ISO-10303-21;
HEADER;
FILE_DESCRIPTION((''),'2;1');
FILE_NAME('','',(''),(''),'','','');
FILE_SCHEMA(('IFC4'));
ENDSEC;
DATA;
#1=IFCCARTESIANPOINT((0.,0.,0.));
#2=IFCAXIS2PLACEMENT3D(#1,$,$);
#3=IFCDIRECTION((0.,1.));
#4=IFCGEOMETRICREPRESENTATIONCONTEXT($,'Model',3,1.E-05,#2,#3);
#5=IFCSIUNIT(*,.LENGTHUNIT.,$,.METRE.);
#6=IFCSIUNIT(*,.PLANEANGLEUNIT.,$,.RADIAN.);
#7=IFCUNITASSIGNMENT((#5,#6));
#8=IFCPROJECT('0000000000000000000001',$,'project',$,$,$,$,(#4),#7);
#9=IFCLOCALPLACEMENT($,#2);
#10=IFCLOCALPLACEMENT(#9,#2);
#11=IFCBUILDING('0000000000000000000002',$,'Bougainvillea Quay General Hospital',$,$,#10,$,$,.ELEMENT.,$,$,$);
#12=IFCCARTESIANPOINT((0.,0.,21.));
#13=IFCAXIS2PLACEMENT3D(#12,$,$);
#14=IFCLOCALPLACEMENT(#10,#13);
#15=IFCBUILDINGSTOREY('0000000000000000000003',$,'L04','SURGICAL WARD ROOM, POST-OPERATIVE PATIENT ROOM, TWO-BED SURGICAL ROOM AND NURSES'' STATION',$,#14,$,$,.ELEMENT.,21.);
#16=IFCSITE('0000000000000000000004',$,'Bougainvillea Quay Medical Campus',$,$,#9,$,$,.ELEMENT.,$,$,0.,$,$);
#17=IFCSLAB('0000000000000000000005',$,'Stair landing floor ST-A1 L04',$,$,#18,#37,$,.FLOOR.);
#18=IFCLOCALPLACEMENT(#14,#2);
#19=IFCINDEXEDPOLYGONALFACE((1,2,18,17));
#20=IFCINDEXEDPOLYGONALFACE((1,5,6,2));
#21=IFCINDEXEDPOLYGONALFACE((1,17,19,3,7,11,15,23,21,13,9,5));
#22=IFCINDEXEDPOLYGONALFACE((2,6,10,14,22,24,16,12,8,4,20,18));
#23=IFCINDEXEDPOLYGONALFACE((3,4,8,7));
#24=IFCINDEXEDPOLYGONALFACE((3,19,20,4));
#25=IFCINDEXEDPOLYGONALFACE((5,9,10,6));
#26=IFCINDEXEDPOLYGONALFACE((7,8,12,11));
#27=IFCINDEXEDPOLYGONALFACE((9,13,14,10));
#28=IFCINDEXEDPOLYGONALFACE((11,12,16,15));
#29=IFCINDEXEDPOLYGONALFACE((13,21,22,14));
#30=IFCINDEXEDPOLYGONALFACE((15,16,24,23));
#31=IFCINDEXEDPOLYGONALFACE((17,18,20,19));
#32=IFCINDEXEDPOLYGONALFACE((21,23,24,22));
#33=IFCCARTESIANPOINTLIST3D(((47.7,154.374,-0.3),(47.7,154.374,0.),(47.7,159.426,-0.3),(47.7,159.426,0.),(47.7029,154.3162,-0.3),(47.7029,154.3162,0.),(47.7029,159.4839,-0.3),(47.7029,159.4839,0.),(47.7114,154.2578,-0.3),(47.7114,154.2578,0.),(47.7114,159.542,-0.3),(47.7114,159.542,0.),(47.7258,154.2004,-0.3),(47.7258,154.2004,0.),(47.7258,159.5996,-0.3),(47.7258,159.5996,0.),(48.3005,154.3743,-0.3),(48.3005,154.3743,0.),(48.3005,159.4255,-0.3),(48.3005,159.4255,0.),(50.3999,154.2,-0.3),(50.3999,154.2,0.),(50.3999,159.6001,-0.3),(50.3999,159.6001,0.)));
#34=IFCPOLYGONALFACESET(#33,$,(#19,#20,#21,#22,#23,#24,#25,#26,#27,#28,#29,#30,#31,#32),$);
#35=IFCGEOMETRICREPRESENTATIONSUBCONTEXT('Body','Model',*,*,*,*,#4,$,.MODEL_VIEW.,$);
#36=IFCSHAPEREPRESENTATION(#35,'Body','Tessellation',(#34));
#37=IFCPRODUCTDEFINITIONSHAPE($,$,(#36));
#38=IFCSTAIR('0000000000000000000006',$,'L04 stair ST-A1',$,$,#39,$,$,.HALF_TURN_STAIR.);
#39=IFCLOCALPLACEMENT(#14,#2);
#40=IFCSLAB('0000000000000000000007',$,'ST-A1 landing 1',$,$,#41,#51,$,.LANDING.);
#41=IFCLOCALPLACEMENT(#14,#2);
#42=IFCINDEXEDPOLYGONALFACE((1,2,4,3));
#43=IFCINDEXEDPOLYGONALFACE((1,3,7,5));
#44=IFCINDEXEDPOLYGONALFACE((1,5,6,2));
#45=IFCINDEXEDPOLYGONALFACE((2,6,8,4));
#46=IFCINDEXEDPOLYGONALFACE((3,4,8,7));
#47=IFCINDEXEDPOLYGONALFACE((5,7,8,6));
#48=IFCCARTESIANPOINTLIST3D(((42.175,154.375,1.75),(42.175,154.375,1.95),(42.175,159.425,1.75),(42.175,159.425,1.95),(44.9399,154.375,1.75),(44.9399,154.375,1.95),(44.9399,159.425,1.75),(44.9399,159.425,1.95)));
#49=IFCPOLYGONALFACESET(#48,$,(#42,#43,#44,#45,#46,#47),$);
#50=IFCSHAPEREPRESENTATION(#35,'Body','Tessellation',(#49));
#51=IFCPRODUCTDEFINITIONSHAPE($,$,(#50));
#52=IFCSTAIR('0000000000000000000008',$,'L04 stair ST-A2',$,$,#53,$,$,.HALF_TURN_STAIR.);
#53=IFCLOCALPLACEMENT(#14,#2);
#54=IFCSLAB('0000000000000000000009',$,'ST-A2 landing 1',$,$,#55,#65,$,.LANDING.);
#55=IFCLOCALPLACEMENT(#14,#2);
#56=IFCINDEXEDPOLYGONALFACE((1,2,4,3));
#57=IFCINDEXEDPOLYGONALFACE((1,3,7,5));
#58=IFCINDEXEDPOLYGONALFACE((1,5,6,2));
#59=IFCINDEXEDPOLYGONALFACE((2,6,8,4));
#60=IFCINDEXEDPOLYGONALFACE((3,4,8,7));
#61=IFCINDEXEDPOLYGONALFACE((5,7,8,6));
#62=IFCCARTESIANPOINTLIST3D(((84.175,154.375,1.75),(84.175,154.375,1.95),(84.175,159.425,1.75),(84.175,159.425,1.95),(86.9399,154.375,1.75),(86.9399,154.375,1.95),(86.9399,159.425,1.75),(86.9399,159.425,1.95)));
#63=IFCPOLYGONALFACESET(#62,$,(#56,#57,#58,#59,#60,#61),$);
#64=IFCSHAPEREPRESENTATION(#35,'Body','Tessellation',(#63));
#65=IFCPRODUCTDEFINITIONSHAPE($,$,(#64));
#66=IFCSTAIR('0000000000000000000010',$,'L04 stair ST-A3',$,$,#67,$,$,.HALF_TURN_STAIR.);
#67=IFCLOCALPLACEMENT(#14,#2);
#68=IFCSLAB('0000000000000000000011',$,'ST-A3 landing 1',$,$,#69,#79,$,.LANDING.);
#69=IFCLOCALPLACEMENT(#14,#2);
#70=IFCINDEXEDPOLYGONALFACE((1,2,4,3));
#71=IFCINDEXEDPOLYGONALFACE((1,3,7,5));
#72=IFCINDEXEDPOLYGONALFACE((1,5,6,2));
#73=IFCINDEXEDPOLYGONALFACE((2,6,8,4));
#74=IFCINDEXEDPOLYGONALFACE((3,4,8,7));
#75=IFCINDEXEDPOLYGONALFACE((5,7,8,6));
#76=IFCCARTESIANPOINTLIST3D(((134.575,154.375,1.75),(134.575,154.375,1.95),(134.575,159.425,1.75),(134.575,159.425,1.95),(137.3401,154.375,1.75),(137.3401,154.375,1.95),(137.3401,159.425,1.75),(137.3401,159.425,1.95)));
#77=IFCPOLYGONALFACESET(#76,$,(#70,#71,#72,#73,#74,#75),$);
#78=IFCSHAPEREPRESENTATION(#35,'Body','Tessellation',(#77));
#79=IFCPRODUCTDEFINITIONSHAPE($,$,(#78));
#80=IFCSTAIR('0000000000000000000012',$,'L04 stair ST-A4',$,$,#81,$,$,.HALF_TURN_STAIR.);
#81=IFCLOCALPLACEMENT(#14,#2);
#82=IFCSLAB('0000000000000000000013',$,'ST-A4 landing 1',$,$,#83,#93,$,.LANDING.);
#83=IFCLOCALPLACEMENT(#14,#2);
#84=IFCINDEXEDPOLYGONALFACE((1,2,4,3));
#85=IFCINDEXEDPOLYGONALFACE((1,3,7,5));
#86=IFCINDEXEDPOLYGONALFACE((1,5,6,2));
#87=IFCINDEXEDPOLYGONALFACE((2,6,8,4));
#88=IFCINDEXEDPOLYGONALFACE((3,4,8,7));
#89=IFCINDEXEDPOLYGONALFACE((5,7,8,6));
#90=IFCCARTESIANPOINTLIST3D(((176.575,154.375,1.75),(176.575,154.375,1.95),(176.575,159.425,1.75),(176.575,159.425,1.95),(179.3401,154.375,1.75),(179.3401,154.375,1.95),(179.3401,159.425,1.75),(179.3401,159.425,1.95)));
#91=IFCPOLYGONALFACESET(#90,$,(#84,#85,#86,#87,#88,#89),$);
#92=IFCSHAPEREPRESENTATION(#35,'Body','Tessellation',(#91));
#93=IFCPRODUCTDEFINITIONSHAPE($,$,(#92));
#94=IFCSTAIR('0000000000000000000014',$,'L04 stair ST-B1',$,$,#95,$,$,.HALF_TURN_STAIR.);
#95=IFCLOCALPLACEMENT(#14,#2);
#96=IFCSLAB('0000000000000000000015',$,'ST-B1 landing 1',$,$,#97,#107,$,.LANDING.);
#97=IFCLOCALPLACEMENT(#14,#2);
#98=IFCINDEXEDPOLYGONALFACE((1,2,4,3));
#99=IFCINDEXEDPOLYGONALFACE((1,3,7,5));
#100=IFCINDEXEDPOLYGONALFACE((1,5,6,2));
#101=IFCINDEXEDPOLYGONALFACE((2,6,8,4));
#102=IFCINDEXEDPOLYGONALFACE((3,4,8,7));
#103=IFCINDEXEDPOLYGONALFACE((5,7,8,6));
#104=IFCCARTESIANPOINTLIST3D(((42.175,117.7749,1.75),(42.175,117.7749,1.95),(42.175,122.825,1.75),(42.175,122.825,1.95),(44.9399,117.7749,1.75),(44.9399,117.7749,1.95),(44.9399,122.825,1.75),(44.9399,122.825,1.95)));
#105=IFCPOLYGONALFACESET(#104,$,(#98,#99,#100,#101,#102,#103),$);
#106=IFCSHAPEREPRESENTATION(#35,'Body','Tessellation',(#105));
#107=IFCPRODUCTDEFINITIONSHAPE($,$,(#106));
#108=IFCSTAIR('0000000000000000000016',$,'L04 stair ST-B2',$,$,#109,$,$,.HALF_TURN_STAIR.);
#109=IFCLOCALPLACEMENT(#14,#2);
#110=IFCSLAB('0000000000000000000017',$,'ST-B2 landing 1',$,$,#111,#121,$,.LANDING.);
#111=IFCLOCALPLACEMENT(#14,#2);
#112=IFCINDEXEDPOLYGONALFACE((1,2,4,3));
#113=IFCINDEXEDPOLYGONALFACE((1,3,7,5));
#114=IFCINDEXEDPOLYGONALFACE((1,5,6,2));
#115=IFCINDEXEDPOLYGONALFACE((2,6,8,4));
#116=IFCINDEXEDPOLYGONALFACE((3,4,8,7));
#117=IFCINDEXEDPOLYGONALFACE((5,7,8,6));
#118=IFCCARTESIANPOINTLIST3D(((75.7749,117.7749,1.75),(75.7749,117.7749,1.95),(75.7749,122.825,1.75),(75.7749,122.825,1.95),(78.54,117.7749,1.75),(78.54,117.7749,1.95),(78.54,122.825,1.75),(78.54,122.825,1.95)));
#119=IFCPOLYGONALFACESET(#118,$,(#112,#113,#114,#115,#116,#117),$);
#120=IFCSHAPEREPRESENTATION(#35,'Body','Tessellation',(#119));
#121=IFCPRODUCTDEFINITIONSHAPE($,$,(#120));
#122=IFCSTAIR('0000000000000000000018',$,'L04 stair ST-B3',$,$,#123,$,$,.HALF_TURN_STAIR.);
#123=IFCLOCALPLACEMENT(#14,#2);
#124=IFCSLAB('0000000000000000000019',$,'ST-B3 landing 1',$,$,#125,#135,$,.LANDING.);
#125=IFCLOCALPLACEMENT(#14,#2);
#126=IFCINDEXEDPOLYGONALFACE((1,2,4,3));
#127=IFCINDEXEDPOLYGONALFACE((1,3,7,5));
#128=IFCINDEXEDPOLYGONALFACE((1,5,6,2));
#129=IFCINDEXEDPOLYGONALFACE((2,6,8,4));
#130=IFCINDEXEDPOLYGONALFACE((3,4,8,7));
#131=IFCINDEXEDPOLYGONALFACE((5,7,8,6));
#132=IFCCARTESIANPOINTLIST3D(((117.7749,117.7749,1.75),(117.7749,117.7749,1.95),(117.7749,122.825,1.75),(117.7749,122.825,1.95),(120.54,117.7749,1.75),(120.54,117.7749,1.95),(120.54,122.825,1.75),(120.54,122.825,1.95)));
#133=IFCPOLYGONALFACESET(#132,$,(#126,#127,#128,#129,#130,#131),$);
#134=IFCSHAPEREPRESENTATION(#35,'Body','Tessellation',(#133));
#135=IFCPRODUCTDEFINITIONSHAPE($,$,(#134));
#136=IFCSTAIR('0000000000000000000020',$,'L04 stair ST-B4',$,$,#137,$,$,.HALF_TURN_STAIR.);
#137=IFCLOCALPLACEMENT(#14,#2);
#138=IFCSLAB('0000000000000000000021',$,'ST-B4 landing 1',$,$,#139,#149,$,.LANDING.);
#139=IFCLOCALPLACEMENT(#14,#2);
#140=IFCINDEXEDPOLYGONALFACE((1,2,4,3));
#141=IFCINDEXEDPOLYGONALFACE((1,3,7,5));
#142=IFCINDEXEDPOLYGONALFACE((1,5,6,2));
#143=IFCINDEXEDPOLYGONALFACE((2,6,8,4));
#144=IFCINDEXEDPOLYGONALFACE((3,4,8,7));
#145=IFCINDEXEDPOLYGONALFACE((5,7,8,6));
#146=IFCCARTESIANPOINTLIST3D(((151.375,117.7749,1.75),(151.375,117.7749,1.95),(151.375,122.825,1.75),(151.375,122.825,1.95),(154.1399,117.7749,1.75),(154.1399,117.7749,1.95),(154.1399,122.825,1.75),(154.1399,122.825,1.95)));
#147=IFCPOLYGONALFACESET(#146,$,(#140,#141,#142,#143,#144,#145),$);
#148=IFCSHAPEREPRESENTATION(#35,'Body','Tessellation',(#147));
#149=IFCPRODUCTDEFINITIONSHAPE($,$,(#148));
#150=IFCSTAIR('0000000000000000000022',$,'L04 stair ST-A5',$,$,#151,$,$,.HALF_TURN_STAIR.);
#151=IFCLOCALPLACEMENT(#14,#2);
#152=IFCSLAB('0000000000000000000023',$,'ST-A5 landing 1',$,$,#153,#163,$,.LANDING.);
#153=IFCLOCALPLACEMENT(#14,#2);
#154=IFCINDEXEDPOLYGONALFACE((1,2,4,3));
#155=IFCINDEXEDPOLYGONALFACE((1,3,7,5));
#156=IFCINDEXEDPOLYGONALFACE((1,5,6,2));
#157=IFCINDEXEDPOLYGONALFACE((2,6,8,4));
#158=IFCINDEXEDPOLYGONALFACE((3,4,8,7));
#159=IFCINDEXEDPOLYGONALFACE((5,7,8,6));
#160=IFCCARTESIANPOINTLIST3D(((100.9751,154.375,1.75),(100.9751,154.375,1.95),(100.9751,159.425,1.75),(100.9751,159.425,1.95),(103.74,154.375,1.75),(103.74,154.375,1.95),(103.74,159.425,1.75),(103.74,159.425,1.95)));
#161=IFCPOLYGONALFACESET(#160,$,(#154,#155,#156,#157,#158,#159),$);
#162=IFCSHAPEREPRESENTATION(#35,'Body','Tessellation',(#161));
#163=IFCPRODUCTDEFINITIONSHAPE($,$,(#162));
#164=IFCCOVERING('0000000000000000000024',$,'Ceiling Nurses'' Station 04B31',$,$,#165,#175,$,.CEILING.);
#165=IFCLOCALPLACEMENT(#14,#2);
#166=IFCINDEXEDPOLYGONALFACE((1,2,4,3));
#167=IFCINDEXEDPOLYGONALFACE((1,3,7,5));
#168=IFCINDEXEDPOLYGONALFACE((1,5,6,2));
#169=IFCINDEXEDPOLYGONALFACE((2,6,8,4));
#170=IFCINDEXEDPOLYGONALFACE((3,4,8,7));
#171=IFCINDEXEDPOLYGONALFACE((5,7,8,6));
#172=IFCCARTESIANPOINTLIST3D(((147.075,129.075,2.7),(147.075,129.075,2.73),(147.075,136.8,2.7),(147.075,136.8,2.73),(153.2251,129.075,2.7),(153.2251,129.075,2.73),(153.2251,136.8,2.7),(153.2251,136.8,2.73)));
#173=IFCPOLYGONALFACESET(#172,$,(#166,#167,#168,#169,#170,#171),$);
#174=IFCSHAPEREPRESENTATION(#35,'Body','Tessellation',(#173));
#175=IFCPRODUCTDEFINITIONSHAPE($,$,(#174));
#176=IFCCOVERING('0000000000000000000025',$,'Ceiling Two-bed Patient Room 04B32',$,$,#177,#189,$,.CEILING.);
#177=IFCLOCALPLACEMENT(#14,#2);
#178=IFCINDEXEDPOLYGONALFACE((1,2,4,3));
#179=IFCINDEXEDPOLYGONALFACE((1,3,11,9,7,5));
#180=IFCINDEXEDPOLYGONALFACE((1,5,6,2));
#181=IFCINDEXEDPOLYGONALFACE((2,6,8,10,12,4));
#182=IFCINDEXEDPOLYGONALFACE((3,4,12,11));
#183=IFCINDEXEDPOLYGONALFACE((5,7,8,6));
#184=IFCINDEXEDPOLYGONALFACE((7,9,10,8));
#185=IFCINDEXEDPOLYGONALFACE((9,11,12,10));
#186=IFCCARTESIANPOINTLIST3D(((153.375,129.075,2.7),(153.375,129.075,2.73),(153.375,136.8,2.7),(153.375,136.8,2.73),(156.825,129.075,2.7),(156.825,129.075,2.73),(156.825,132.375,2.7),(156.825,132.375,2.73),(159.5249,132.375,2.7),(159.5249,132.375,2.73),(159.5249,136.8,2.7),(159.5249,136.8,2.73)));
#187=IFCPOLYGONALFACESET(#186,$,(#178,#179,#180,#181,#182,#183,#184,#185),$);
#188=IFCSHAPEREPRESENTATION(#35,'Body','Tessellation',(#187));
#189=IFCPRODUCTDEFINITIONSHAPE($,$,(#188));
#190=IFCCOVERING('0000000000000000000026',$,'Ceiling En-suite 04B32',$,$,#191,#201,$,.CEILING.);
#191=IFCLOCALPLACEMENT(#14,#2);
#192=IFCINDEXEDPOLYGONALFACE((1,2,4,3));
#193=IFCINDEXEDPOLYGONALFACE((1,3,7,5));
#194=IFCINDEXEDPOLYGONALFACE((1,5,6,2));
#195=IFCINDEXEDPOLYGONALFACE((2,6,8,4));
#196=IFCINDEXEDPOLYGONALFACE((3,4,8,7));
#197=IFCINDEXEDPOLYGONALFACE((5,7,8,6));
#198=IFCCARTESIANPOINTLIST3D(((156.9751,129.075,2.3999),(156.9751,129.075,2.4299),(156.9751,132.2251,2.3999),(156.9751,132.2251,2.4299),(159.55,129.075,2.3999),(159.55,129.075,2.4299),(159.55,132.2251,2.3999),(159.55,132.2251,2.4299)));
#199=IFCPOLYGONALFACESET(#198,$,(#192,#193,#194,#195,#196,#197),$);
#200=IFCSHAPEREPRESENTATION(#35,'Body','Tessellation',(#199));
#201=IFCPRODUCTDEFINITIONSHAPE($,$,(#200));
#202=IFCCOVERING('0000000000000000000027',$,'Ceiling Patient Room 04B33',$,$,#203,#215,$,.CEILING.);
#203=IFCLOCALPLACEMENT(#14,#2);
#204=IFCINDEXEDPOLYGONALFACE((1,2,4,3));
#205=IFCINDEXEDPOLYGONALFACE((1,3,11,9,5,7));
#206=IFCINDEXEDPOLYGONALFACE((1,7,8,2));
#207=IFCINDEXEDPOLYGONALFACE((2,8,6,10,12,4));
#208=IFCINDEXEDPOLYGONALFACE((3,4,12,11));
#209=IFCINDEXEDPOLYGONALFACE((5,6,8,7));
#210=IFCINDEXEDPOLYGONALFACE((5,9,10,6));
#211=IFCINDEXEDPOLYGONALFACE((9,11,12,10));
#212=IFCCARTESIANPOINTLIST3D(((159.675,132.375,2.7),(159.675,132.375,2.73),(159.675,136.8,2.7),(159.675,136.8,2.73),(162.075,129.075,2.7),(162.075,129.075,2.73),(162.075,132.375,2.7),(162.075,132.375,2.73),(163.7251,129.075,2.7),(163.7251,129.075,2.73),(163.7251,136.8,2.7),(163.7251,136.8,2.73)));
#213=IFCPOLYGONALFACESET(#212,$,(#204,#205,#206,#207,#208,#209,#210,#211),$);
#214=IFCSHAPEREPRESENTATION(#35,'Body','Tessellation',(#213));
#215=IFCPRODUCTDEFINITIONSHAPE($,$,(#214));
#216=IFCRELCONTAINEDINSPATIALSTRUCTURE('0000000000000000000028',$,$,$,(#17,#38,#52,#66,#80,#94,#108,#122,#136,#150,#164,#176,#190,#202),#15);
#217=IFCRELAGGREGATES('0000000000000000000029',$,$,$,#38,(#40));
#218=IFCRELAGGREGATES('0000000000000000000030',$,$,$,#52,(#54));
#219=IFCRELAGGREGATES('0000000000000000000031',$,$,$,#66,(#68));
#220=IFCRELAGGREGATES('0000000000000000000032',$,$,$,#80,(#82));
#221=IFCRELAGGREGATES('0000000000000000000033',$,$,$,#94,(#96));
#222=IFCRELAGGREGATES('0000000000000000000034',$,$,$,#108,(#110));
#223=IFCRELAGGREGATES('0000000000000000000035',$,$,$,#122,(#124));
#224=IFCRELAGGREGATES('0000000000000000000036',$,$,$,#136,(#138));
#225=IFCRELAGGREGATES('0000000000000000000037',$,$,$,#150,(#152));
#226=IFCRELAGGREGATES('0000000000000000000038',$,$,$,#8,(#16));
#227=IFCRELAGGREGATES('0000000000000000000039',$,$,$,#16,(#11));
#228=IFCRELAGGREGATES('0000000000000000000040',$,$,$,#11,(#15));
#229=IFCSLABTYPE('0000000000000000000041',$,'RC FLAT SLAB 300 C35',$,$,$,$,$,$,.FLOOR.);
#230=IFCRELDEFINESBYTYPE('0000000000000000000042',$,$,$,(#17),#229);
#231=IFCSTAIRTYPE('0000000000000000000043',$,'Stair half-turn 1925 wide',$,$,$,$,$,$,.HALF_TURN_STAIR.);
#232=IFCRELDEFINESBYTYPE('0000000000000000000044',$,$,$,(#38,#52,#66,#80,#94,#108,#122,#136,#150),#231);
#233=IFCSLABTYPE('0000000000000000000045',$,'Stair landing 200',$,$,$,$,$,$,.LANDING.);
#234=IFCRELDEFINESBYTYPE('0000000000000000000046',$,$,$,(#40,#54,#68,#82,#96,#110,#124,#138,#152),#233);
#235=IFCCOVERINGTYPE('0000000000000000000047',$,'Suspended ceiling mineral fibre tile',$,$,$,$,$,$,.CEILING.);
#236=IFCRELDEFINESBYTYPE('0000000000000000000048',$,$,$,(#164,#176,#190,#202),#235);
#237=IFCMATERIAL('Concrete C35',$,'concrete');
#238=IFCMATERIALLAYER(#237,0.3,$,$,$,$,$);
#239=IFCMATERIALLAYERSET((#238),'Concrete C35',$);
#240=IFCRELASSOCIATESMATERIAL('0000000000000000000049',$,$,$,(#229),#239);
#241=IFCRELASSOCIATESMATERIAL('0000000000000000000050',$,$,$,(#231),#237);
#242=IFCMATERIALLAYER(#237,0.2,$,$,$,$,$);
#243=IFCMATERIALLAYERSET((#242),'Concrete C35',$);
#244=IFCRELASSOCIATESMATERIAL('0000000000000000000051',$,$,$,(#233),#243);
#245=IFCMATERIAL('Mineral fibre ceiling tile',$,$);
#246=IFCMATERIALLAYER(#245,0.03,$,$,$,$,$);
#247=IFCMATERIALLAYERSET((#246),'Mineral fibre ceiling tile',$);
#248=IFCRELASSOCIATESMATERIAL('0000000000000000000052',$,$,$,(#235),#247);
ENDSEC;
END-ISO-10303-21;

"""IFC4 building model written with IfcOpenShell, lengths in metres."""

from ifc_helpers import new_model, si_unit, direction, frame, origin, place, context, subcontext, project, spatial, polyline, outline, extrude, material, layer, layer_set, type_object, element, aggregate, save


model = new_model("IFC4")

# Units and contexts
model_context = context("Model", 3, precision=1e-05, world=origin(), true_north=direction((0.0, 1.0)))
body_context = subcontext(model_context, "Body", "Model", "MODEL_VIEW")
ifc_project = project(units=[si_unit("LENGTHUNIT", "METRE"), si_unit("PLANEANGLEUNIT", "RADIAN")], contexts=[model_context])

# Site, building, storey
site_placement = place(None, origin())
site = spatial("IfcSite", under=ifc_project, at=site_placement, Name="Bougainvillea Quay Medical Campus", CompositionType="ELEMENT", RefElevation=0.0)
building_placement = place(site_placement, origin())
building = spatial("IfcBuilding", under=site, at=building_placement, Name="Bougainvillea Quay General Hospital", CompositionType="ELEMENT")
storey_placement = place(building_placement, frame((0.0, 0.0, 21.0)))
storey = spatial("IfcBuildingStorey", under=building, at=storey_placement, Name="L04", Description="SURGICAL WARD ROOM, POST-OPERATIVE PATIENT ROOM, TWO-BED SURGICAL ROOM AND NURSES' STATION", CompositionType="ELEMENT", Elevation=21.0)

# Slab
ifc_material_1 = material(Name="Concrete C35", Category="concrete")
ifc_layer_1 = layer(ifc_material_1, 0.3)
ifc_layer_set_1 = layer_set([ifc_layer_1], Name="Concrete C35")
slab_type_1 = type_object("IfcSlabType", Name="RC FLAT SLAB 300 C35", PredefinedType="FLOOR", material=ifc_layer_set_1)
slab_1_placement = place(storey_placement, frame((0.0, 0.0, -0.3)))
element("IfcSlab", 1, at=slab_1_placement, inside=storey, type_object=slab_type_1, Name="Stair landing floor ST-A1 L04", PredefinedType="FLOOR", context=body_context, shape_type="SweptSolid", body=[
    extrude(outline(polyline([(47.7029, 159.4839), (47.7114, 159.542), (47.7258, 159.5996), (50.3999, 159.6001), (50.3999, 154.2), (47.7258, 154.2004), (47.7114, 154.2578), (47.7029, 154.3162), (47.7, 154.374), (48.3005, 154.3743), (48.3005, 159.4255), (47.7, 159.426), (47.7029, 159.4839)])), origin(), (0.0, 0.0, 1.0), 0.3),
])

# Stairs, slabs
stair_type = type_object("IfcStairType", Name="Stair half-turn 1925 wide", PredefinedType="HALF_TURN_STAIR", material=ifc_material_1)
stair_1_placement = place(storey_placement, origin())
stair_1 = element("IfcStair", 2, at=stair_1_placement, inside=storey, type_object=stair_type, Name="L04 stair ST-A1", PredefinedType="HALF_TURN_STAIR")
ifc_layer_2 = layer(ifc_material_1, 0.2)
ifc_layer_set_2 = layer_set([ifc_layer_2], Name="Concrete C35")
slab_type_2 = type_object("IfcSlabType", Name="Stair landing 200", PredefinedType="LANDING", material=ifc_layer_set_2)
slab_2_placement = place(storey_placement, frame((0.0, 0.0, 1.75)))
slab_2 = element("IfcSlab", 3, at=slab_2_placement, type_object=slab_type_2, Name="ST-A1 landing 1", PredefinedType="LANDING", context=body_context, shape_type="SweptSolid", body=[
    extrude(outline(polyline([(44.9399, 159.425), (42.175, 159.425), (42.175, 154.375), (44.9399, 154.375), (44.9399, 159.425)])), origin(), (0.0, 0.0, 1.0), 0.2),
])
aggregate(stair_1, [slab_2])
stair_2_placement = place(storey_placement, origin())
stair_2 = element("IfcStair", 4, at=stair_2_placement, inside=storey, type_object=stair_type, Name="L04 stair ST-A2", PredefinedType="HALF_TURN_STAIR")
slab_3_placement = place(storey_placement, frame((0.0, 0.0, 1.75)))
slab_3 = element("IfcSlab", 5, at=slab_3_placement, type_object=slab_type_2, Name="ST-A2 landing 1", PredefinedType="LANDING", context=body_context, shape_type="SweptSolid", body=[
    extrude(outline(polyline([(86.9399, 159.425), (84.175, 159.425), (84.175, 154.375), (86.9399, 154.375), (86.9399, 159.425)])), origin(), (0.0, 0.0, 1.0), 0.2),
])
aggregate(stair_2, [slab_3])
stair_3_placement = place(storey_placement, origin())
stair_3 = element("IfcStair", 6, at=stair_3_placement, inside=storey, type_object=stair_type, Name="L04 stair ST-A3", PredefinedType="HALF_TURN_STAIR")
slab_4_placement = place(storey_placement, frame((0.0, 0.0, 1.75)))
slab_4 = element("IfcSlab", 7, at=slab_4_placement, type_object=slab_type_2, Name="ST-A3 landing 1", PredefinedType="LANDING", context=body_context, shape_type="SweptSolid", body=[
    extrude(outline(polyline([(137.3401, 159.425), (134.575, 159.425), (134.575, 154.375), (137.3401, 154.375), (137.3401, 159.425)])), origin(), (0.0, 0.0, 1.0), 0.2),
])
aggregate(stair_3, [slab_4])
stair_4_placement = place(storey_placement, origin())
stair_4 = element("IfcStair", 8, at=stair_4_placement, inside=storey, type_object=stair_type, Name="L04 stair ST-A4", PredefinedType="HALF_TURN_STAIR")
slab_5_placement = place(storey_placement, frame((0.0, 0.0, 1.75)))
slab_5 = element("IfcSlab", 9, at=slab_5_placement, type_object=slab_type_2, Name="ST-A4 landing 1", PredefinedType="LANDING", context=body_context, shape_type="SweptSolid", body=[
    extrude(outline(polyline([(179.3401, 159.425), (176.575, 159.425), (176.575, 154.375), (179.3401, 154.375), (179.3401, 159.425)])), origin(), (0.0, 0.0, 1.0), 0.2),
])
aggregate(stair_4, [slab_5])
stair_5_placement = place(storey_placement, origin())
stair_5 = element("IfcStair", 10, at=stair_5_placement, inside=storey, type_object=stair_type, Name="L04 stair ST-B1", PredefinedType="HALF_TURN_STAIR")
slab_6_placement = place(storey_placement, frame((0.0, 0.0, 1.75)))
slab_6 = element("IfcSlab", 11, at=slab_6_placement, type_object=slab_type_2, Name="ST-B1 landing 1", PredefinedType="LANDING", context=body_context, shape_type="SweptSolid", body=[
    extrude(outline(polyline([(44.9399, 122.825), (42.175, 122.825), (42.175, 117.7749), (44.9399, 117.7749), (44.9399, 122.825)])), origin(), (0.0, 0.0, 1.0), 0.2),
])
aggregate(stair_5, [slab_6])
stair_6_placement = place(storey_placement, origin())
stair_6 = element("IfcStair", 12, at=stair_6_placement, inside=storey, type_object=stair_type, Name="L04 stair ST-B2", PredefinedType="HALF_TURN_STAIR")
slab_7_placement = place(storey_placement, frame((0.0, 0.0, 1.75)))
slab_7 = element("IfcSlab", 13, at=slab_7_placement, type_object=slab_type_2, Name="ST-B2 landing 1", PredefinedType="LANDING", context=body_context, shape_type="SweptSolid", body=[
    extrude(outline(polyline([(78.54, 122.825), (75.7749, 122.825), (75.7749, 117.7749), (78.54, 117.7749), (78.54, 122.825)])), origin(), (0.0, 0.0, 1.0), 0.2),
])
aggregate(stair_6, [slab_7])
stair_7_placement = place(storey_placement, origin())
stair_7 = element("IfcStair", 14, at=stair_7_placement, inside=storey, type_object=stair_type, Name="L04 stair ST-B3", PredefinedType="HALF_TURN_STAIR")
slab_8_placement = place(storey_placement, frame((0.0, 0.0, 1.75)))
slab_8 = element("IfcSlab", 15, at=slab_8_placement, type_object=slab_type_2, Name="ST-B3 landing 1", PredefinedType="LANDING", context=body_context, shape_type="SweptSolid", body=[
    extrude(outline(polyline([(120.54, 122.825), (117.7749, 122.825), (117.7749, 117.7749), (120.54, 117.7749), (120.54, 122.825)])), origin(), (0.0, 0.0, 1.0), 0.2),
])
aggregate(stair_7, [slab_8])
stair_8_placement = place(storey_placement, origin())
stair_8 = element("IfcStair", 16, at=stair_8_placement, inside=storey, type_object=stair_type, Name="L04 stair ST-B4", PredefinedType="HALF_TURN_STAIR")
slab_9_placement = place(storey_placement, frame((0.0, 0.0, 1.75)))
slab_9 = element("IfcSlab", 17, at=slab_9_placement, type_object=slab_type_2, Name="ST-B4 landing 1", PredefinedType="LANDING", context=body_context, shape_type="SweptSolid", body=[
    extrude(outline(polyline([(154.1399, 122.825), (151.375, 122.825), (151.375, 117.7749), (154.1399, 117.7749), (154.1399, 122.825)])), origin(), (0.0, 0.0, 1.0), 0.2),
])
aggregate(stair_8, [slab_9])
stair_9_placement = place(storey_placement, origin())
stair_9 = element("IfcStair", 18, at=stair_9_placement, inside=storey, type_object=stair_type, Name="L04 stair ST-A5", PredefinedType="HALF_TURN_STAIR")
slab_10_placement = place(storey_placement, frame((0.0, 0.0, 1.75)))
slab_10 = element("IfcSlab", 19, at=slab_10_placement, type_object=slab_type_2, Name="ST-A5 landing 1", PredefinedType="LANDING", context=body_context, shape_type="SweptSolid", body=[
    extrude(outline(polyline([(103.74, 159.425), (100.9751, 159.425), (100.9751, 154.375), (103.74, 154.375), (103.74, 159.425)])), origin(), (0.0, 0.0, 1.0), 0.2),
])
aggregate(stair_9, [slab_10])

# Coverings
ifc_material_2 = material(Name="Mineral fibre ceiling tile")
ifc_layer_3 = layer(ifc_material_2, 0.03)
ifc_layer_set_3 = layer_set([ifc_layer_3], Name="Mineral fibre ceiling tile")
covering_type = type_object("IfcCoveringType", Name="Suspended ceiling mineral fibre tile", PredefinedType="CEILING", material=ifc_layer_set_3)
covering_1_placement = place(storey_placement, frame((0.0, 0.0, 2.7)))
element("IfcCovering", 20, at=covering_1_placement, inside=storey, type_object=covering_type, Name="Ceiling Nurses' Station 04B31", PredefinedType="CEILING", context=body_context, shape_type="SweptSolid", body=[
    extrude(outline(polyline([(147.075, 136.8), (147.075, 129.075), (153.2251, 129.075), (153.2251, 136.8), (147.075, 136.8)])), origin(), (0.0, 0.0, 1.0), 0.03),
])
covering_2_placement = place(storey_placement, frame((0.0, 0.0, 2.7)))
element("IfcCovering", 21, at=covering_2_placement, inside=storey, type_object=covering_type, Name="Ceiling Two-bed Patient Room 04B32", PredefinedType="CEILING", context=body_context, shape_type="SweptSolid", body=[
    extrude(outline(polyline([(153.375, 136.8), (153.375, 129.075), (156.825, 129.075), (156.825, 132.375), (159.5249, 132.375), (159.5249, 136.8), (153.375, 136.8)])), origin(), (0.0, 0.0, 1.0), 0.03),
])
covering_3_placement = place(storey_placement, frame((0.0, 0.0, 2.3999)))
element("IfcCovering", 22, at=covering_3_placement, inside=storey, type_object=covering_type, Name="Ceiling En-suite 04B32", PredefinedType="CEILING", context=body_context, shape_type="SweptSolid", body=[
    extrude(outline(polyline([(159.55, 129.075), (159.55, 132.2251), (156.9751, 132.2251), (156.9751, 129.075), (159.55, 129.075)])), origin(), (0.0, 0.0, 1.0), 0.03),
])
covering_4_placement = place(storey_placement, frame((0.0, 0.0, 2.7)))
element("IfcCovering", 23, at=covering_4_placement, inside=storey, type_object=covering_type, Name="Ceiling Patient Room 04B33", PredefinedType="CEILING", context=body_context, shape_type="SweptSolid", body=[
    extrude(outline(polyline([(159.675, 136.8), (159.675, 132.375), (162.075, 132.375), (162.075, 129.075), (163.7251, 129.075), (163.7251, 136.8), (159.675, 136.8)])), origin(), (0.0, 0.0, 1.0), 0.03),
])

save(model, "model.ifc")
